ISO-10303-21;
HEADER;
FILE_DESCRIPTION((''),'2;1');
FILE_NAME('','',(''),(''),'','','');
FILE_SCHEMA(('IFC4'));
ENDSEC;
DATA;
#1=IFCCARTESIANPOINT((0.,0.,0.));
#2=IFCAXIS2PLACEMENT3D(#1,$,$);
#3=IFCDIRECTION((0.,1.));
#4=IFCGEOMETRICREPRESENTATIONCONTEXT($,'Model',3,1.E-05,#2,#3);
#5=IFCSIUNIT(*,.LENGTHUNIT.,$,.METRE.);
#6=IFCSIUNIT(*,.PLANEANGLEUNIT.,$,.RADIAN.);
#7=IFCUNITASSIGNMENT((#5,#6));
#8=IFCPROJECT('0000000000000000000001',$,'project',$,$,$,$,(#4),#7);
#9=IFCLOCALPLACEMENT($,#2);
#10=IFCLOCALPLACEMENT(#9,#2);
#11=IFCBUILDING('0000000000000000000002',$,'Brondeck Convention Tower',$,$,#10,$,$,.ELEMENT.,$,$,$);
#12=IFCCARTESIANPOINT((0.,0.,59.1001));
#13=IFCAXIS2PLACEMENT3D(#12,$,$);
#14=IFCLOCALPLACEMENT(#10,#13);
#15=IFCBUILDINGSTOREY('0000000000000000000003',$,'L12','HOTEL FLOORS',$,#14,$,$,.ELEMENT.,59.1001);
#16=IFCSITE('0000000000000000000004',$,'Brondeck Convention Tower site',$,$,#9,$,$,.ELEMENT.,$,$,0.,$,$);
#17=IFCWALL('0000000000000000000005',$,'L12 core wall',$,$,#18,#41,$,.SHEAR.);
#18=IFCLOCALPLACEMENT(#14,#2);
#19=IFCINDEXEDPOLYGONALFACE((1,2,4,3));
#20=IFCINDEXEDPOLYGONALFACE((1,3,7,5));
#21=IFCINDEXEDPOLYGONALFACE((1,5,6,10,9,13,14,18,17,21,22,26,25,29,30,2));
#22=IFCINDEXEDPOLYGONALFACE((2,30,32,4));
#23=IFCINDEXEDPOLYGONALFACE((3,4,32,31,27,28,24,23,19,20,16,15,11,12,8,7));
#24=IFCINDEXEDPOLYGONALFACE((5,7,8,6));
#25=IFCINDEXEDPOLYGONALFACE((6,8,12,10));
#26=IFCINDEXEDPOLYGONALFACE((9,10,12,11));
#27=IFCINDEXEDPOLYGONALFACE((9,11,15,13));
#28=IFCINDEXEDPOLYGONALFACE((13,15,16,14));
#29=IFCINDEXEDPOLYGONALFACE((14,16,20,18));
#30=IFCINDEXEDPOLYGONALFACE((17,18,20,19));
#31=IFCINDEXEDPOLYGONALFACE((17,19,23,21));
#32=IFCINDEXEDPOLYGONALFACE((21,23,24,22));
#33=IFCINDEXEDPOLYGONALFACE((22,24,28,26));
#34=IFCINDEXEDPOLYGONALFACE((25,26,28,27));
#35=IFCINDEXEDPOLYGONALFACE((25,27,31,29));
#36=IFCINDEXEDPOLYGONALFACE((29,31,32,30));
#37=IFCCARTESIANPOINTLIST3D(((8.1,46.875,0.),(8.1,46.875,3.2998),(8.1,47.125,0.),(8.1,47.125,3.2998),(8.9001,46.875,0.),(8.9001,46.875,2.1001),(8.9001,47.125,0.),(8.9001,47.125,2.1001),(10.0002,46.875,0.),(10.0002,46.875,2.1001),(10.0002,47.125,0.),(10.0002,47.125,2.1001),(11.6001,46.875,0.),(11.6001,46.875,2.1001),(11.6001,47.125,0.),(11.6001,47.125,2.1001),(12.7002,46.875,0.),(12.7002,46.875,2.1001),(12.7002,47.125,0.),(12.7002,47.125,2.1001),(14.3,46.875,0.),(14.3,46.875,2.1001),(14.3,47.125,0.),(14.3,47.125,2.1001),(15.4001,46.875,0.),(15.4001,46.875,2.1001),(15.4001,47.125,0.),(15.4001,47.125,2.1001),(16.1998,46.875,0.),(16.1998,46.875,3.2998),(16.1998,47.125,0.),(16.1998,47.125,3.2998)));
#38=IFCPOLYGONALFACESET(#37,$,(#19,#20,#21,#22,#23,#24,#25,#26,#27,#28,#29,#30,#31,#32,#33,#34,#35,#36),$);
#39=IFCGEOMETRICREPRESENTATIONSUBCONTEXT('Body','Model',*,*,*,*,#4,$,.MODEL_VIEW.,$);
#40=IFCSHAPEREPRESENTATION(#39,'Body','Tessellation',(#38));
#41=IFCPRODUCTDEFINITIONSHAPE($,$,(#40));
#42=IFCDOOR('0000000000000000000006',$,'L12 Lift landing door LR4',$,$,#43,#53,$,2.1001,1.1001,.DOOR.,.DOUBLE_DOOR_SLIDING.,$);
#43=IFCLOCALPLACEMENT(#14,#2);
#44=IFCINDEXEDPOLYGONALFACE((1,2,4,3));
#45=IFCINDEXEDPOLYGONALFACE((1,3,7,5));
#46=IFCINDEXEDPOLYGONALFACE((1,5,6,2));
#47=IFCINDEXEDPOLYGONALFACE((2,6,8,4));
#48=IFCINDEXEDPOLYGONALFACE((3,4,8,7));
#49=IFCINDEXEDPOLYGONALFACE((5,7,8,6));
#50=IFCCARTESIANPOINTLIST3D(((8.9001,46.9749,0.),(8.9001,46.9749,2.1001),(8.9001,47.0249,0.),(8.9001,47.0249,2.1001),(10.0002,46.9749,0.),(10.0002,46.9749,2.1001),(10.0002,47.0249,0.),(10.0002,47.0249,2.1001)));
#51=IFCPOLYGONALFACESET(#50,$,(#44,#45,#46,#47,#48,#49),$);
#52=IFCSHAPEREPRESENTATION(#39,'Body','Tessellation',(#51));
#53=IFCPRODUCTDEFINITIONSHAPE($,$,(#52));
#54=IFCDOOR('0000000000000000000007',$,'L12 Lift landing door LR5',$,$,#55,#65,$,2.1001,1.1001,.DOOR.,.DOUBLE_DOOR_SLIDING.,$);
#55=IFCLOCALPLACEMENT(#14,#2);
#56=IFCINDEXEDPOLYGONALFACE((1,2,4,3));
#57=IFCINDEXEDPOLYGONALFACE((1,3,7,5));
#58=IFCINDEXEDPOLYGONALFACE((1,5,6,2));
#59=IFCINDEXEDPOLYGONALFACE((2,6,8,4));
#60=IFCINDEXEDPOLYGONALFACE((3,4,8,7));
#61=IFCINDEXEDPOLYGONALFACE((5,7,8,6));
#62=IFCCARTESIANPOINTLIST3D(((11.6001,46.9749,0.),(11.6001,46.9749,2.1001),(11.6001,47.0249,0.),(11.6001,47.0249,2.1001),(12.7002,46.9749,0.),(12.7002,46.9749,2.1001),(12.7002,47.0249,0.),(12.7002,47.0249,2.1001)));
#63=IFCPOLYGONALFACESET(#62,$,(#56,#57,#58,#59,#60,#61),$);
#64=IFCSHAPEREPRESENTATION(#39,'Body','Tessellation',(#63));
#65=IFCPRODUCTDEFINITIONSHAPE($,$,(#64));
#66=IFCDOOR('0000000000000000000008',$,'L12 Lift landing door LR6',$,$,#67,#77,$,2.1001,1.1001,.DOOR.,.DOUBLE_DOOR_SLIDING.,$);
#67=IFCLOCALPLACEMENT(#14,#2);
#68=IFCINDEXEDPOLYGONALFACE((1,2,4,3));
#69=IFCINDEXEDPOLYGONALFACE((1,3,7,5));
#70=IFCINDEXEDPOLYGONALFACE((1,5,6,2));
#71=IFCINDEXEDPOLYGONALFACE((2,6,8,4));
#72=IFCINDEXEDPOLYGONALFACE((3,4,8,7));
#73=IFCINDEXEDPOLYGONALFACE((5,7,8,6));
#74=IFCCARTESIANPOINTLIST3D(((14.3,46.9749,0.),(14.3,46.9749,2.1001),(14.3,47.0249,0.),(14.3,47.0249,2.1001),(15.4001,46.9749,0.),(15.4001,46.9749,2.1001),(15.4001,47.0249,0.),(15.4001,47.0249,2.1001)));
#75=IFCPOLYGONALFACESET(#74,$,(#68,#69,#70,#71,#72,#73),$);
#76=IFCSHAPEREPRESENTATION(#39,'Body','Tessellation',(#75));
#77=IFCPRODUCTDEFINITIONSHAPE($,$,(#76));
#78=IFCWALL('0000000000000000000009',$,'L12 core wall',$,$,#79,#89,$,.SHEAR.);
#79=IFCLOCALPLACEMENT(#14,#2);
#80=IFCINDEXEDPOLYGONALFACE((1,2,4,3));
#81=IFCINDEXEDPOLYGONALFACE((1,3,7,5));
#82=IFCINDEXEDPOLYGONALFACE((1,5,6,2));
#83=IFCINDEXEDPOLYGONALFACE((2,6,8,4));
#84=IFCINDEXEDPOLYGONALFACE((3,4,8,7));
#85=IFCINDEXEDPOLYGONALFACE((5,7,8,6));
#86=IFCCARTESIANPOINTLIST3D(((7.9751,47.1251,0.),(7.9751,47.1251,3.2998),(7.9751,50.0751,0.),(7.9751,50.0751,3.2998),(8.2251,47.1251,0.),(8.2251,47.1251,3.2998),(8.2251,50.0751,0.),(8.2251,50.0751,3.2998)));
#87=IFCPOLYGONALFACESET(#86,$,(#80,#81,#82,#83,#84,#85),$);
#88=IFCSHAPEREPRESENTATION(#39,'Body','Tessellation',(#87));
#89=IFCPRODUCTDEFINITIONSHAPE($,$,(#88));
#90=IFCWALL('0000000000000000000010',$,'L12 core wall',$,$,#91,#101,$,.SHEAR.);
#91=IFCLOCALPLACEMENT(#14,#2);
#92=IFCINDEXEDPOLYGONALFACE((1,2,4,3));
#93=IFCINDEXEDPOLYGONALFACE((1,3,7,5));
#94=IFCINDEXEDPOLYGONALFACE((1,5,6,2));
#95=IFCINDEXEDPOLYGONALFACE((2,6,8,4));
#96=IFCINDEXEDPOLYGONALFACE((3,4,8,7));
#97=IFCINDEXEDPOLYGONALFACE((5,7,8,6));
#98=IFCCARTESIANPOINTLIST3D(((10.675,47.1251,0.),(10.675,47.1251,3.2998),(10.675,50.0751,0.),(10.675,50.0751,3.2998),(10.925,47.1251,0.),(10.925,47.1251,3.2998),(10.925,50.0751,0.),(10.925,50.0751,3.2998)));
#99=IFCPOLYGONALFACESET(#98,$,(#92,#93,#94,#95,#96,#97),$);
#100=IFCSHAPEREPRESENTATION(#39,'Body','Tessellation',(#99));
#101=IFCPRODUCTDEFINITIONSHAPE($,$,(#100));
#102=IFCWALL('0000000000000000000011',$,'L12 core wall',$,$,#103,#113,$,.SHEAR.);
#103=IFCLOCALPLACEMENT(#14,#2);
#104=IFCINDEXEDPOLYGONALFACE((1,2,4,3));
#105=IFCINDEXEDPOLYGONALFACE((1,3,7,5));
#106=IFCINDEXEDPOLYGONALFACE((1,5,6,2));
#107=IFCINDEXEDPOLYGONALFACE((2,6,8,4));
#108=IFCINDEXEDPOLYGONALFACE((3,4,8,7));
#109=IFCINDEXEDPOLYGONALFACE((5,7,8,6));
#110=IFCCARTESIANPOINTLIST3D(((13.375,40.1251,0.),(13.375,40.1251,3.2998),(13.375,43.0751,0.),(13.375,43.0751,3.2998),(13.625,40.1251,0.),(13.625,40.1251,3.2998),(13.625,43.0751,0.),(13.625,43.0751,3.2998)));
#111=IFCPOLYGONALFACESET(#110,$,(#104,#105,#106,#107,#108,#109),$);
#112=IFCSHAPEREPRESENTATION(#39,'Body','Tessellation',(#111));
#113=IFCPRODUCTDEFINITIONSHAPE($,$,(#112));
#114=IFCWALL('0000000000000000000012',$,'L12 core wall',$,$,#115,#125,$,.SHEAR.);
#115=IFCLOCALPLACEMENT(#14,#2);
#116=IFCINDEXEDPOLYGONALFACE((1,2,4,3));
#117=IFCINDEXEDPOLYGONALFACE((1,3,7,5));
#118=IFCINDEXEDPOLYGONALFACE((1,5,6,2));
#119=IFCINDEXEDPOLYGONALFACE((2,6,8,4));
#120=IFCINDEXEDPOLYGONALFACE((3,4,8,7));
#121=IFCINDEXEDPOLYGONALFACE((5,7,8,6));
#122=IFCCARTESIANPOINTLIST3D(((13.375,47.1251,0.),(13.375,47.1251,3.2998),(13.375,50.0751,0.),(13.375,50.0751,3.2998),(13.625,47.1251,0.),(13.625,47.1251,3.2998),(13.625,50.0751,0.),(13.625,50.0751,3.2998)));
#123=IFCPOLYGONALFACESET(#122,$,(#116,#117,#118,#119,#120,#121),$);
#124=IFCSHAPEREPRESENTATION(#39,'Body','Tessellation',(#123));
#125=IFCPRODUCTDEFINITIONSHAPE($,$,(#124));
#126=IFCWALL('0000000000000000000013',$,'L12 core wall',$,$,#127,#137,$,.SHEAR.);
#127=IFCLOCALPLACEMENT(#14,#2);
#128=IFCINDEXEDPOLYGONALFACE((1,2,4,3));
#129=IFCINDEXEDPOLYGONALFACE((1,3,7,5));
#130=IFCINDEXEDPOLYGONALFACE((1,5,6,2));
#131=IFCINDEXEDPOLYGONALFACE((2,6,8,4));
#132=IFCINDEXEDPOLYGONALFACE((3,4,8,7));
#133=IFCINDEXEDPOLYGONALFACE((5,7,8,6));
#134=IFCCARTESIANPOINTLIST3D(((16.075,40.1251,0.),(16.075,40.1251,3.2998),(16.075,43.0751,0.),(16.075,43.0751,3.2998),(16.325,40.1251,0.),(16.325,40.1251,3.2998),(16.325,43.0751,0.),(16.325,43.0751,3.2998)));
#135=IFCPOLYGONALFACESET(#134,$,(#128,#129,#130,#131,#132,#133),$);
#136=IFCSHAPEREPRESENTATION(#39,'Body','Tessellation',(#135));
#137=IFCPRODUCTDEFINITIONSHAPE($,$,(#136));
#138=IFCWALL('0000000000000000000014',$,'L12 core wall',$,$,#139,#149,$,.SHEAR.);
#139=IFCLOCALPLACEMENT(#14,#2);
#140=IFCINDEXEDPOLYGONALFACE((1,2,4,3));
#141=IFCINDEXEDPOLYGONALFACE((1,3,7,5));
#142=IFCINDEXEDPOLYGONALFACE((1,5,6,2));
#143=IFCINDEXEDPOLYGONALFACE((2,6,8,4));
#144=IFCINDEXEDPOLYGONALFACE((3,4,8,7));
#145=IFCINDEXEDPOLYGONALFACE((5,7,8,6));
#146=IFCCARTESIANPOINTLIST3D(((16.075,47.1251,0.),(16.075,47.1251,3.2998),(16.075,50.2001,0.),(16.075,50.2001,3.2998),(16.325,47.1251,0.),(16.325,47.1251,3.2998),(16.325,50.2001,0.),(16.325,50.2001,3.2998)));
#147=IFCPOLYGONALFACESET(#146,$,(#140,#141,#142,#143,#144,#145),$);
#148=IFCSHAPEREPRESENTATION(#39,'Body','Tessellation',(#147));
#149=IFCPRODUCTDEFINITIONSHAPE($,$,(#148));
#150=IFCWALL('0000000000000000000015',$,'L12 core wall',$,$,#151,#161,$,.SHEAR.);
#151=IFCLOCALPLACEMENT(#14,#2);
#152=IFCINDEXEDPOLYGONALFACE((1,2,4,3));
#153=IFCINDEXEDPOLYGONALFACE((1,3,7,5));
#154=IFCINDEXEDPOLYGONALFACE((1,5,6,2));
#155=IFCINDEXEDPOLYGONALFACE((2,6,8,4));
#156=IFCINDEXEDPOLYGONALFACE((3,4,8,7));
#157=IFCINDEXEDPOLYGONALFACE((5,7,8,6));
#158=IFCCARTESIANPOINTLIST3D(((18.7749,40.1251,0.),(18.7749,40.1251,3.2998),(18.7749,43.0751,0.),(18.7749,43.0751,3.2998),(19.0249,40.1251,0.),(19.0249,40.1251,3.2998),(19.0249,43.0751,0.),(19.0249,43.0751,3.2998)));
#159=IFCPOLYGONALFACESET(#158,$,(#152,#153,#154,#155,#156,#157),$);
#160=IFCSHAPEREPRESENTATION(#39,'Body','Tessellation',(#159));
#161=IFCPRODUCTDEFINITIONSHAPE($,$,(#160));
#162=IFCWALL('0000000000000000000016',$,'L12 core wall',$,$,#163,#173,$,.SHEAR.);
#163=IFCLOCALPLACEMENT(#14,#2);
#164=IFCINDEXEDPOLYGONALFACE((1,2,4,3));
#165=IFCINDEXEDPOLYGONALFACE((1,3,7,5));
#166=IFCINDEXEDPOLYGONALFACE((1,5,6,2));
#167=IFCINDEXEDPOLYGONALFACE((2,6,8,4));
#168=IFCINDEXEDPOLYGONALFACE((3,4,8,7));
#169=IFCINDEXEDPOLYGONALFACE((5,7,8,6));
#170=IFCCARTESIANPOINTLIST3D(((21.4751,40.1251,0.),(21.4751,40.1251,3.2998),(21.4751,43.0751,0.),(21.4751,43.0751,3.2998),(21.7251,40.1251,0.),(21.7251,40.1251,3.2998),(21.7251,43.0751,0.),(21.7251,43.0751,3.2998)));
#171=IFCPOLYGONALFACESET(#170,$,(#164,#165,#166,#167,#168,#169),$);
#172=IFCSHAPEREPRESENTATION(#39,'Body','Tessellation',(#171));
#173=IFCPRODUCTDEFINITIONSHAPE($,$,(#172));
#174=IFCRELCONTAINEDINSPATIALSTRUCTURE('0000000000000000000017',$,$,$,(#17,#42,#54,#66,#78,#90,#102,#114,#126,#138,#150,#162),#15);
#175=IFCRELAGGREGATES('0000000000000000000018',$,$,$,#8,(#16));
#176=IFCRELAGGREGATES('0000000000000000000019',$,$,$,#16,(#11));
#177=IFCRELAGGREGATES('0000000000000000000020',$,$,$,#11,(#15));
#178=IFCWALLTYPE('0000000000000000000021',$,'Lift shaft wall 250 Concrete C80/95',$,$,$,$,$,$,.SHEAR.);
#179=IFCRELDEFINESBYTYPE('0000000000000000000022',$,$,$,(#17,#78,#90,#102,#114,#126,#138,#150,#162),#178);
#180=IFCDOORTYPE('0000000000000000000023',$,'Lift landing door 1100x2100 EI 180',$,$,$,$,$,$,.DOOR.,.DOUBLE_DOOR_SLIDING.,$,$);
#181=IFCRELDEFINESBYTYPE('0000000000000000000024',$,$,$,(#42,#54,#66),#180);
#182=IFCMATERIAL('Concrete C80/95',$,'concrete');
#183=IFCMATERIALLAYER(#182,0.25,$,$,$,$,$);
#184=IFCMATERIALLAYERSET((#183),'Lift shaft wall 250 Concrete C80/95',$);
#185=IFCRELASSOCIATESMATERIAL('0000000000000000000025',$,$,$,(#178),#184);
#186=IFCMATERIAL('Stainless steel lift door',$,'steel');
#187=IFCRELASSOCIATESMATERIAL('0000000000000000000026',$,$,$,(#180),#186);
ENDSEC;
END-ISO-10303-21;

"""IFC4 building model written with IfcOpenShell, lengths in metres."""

from ifc_helpers import new_model, si_unit, direction, frame, frame_2d, origin, place, context, subcontext, project, spatial, rectangle, extrude, material, layer, layer_set, type_object, element, fill, save


model = new_model("IFC4")

# Units and contexts
model_context = context("Model", 3, precision=1e-05, world=origin(), true_north=direction((0.0, 1.0)))
body_context = subcontext(model_context, "Body", "Model", "MODEL_VIEW")
ifc_project = project(units=[si_unit("LENGTHUNIT", "METRE"), si_unit("PLANEANGLEUNIT", "RADIAN")], contexts=[model_context])

# Site, building, storey
site_placement = place(None, origin())
site = spatial("IfcSite", under=ifc_project, at=site_placement, Name="Brondeck Convention Tower site", CompositionType="ELEMENT", RefElevation=0.0)
building_placement = place(site_placement, origin())
building = spatial("IfcBuilding", under=site, at=building_placement, Name="Brondeck Convention Tower", CompositionType="ELEMENT")
storey_placement = place(building_placement, frame((0.0, 0.0, 59.1001)))
storey = spatial("IfcBuildingStorey", under=building, at=storey_placement, Name="L12", Description="HOTEL FLOORS", CompositionType="ELEMENT", Elevation=59.1001)

# Shared definitions
ifc_material_1 = material(Name="Concrete C80/95", Category="concrete")

# Wall, openings, doors
ifc_layer_1 = layer(ifc_material_1, 0.25)
ifc_layer_set_1 = layer_set([ifc_layer_1], Name="Lift shaft wall 250 Concrete C80/95")
wall_type_1 = type_object("IfcWallType", Name="Lift shaft wall 250 Concrete C80/95", PredefinedType="SHEAR", material=ifc_layer_set_1)
ifc_material_2 = material(Name="Stainless steel lift door", Category="steel")
door_type_1 = type_object("IfcDoorType", Name="Lift landing door 1100x2100 EI 180", OperationType="DOUBLE_DOOR_SLIDING", PredefinedType="DOOR", material=ifc_material_2)
wall_1_placement = place(storey_placement, frame((8.1001, 47.0, 0.0), z_axis=(0.0, 0.0, 1.0), x_axis=(1.0, 0.0, 0.0)))
wall_1 = element("IfcWall", 1, at=wall_1_placement, inside=storey, type_object=wall_type_1, Name="L12 core wall", PredefinedType="SHEAR", context=body_context, shape_type="SweptSolid", body=[
    extrude(rectangle(XDim=8.0999, YDim=0.25, at=frame_2d((4.0498, 0.0))), origin(), (0.0, 0.0, 1.0), 3.2998),
])
opening_1_placement = place(wall_1_placement, frame((0.8, 0.0, 0.0)))
opening_1 = element("IfcOpeningElement", 2, at=opening_1_placement, cuts=wall_1, PredefinedType="OPENING", context=body_context, shape_type="SweptSolid", body=[
    extrude(rectangle(XDim=1.1001, YDim=2.1001, at=frame_2d((0.55, 1.05))), frame((0.0, 0.135, 0.0), z_axis=(0.0, -1.0, 0.0), x_axis=(1.0, 0.0, 0.0)), (0.0, 0.0, 1.0), 0.27),
])
opening_2_placement = place(wall_1_placement, frame((3.5, 0.0, 0.0)))
opening_2 = element("IfcOpeningElement", 3, at=opening_2_placement, cuts=wall_1, PredefinedType="OPENING", context=body_context, shape_type="SweptSolid", body=[
    extrude(rectangle(XDim=1.1001, YDim=2.1001, at=frame_2d((0.55, 1.05))), frame((0.0, 0.135, 0.0), z_axis=(0.0, -1.0, 0.0), x_axis=(1.0, 0.0, 0.0)), (0.0, 0.0, 1.0), 0.27),
])
opening_3_placement = place(wall_1_placement, frame((6.2, 0.0, 0.0)))
opening_3 = element("IfcOpeningElement", 4, at=opening_3_placement, cuts=wall_1, PredefinedType="OPENING", context=body_context, shape_type="SweptSolid", body=[
    extrude(rectangle(XDim=1.1001, YDim=2.1001, at=frame_2d((0.55, 1.05))), frame((0.0, 0.135, 0.0), z_axis=(0.0, -1.0, 0.0), x_axis=(1.0, 0.0, 0.0)), (0.0, 0.0, 1.0), 0.27),
])
door_1_placement = place(opening_1_placement, origin())
door_1 = element("IfcDoor", 5, at=door_1_placement, inside=storey, type_object=door_type_1, Name="L12 Lift landing door LR4", OperationType="DOUBLE_DOOR_SLIDING", OverallHeight=2.1001, OverallWidth=1.1001, PredefinedType="DOOR", context=body_context, shape_type="SweptSolid", body=[
    extrude(rectangle(XDim=1.1001, YDim=2.1001, at=frame_2d((0.55, 1.05))), frame((0.0, 0.0249, 0.0), z_axis=(0.0, -1.0, 0.0), x_axis=(1.0, 0.0, 0.0)), (0.0, 0.0, 1.0), 0.05),
])
fill(opening_1, door_1)
door_2_placement = place(opening_2_placement, origin())
door_2 = element("IfcDoor", 6, at=door_2_placement, inside=storey, type_object=door_type_1, Name="L12 Lift landing door LR5", OperationType="DOUBLE_DOOR_SLIDING", OverallHeight=2.1001, OverallWidth=1.1001, PredefinedType="DOOR", context=body_context, shape_type="SweptSolid", body=[
    extrude(rectangle(XDim=1.1001, YDim=2.1001, at=frame_2d((0.55, 1.05))), frame((0.0, 0.0249, 0.0), z_axis=(0.0, -1.0, 0.0), x_axis=(1.0, 0.0, 0.0)), (0.0, 0.0, 1.0), 0.05),
])
fill(opening_2, door_2)
door_3_placement = place(opening_3_placement, origin())
door_3 = element("IfcDoor", 7, at=door_3_placement, inside=storey, type_object=door_type_1, Name="L12 Lift landing door LR6", OperationType="DOUBLE_DOOR_SLIDING", OverallHeight=2.1001, OverallWidth=1.1001, PredefinedType="DOOR", context=body_context, shape_type="SweptSolid", body=[
    extrude(rectangle(XDim=1.1001, YDim=2.1001, at=frame_2d((0.55, 1.05))), frame((0.0, 0.0249, 0.0), z_axis=(0.0, -1.0, 0.0), x_axis=(1.0, 0.0, 0.0)), (0.0, 0.0, 1.0), 0.05),
])
fill(opening_3, door_3)

# Walls
for number, where, z_axis, x_axis, name in (
    (8, (8.1001, 47.125, 0.0), (0.0, 0.0, 1.0), (0.0, 1.0, 0.0), "L12 core wall"),
    (9, (10.8, 47.125, 0.0), (0.0, 0.0, 1.0), (0.0, 1.0, 0.0), "L12 core wall"),
    (10, (13.5, 40.125, 0.0), (0.0, 0.0, 1.0), (0.0, 1.0, 0.0), "L12 core wall"),
    (11, (13.5, 47.125, 0.0), (0.0, 0.0, 1.0), (0.0, 1.0, 0.0), "L12 core wall"),
    (12, (16.2, 40.125, 0.0), (0.0, 0.0, 1.0), (0.0, 1.0, 0.0), "L12 core wall"),
):
    element("IfcWall", number, at=place(storey_placement, frame(where, z_axis=z_axis, x_axis=x_axis)), inside=storey, type_object=wall_type_1, Name=name, PredefinedType="SHEAR", context=body_context, shape_type="SweptSolid", body=[
        extrude(rectangle(XDim=2.95, YDim=0.25, at=frame_2d((1.4751, 0.0))), origin(), (0.0, 0.0, 1.0), 3.2998),
    ])
wall_2_placement = place(storey_placement, frame((16.2, 47.125, 0.0), z_axis=(0.0, 0.0, 1.0), x_axis=(0.0, 1.0, 0.0)))
element("IfcWall", 13, at=wall_2_placement, inside=storey, type_object=wall_type_1, Name="L12 core wall", PredefinedType="SHEAR", context=body_context, shape_type="SweptSolid", body=[
    extrude(rectangle(XDim=3.075, YDim=0.25, at=frame_2d((1.5376, 0.0))), origin(), (0.0, 0.0, 1.0), 3.2998),
])
for number, where, z_axis, x_axis, name in (
    (14, (18.8999, 40.125, 0.0), (0.0, 0.0, 1.0), (0.0, 1.0, 0.0), "L12 core wall"),
    (15, (21.6001, 40.125, 0.0), (0.0, 0.0, 1.0), (0.0, 1.0, 0.0), "L12 core wall"),
):
    element("IfcWall", number, at=place(storey_placement, frame(where, z_axis=z_axis, x_axis=x_axis)), inside=storey, type_object=wall_type_1, Name=name, PredefinedType="SHEAR", context=body_context, shape_type="SweptSolid", body=[
        extrude(rectangle(XDim=2.95, YDim=0.25, at=frame_2d((1.4751, 0.0))), origin(), (0.0, 0.0, 1.0), 3.2998),
    ])

save(model, "model.ifc")
